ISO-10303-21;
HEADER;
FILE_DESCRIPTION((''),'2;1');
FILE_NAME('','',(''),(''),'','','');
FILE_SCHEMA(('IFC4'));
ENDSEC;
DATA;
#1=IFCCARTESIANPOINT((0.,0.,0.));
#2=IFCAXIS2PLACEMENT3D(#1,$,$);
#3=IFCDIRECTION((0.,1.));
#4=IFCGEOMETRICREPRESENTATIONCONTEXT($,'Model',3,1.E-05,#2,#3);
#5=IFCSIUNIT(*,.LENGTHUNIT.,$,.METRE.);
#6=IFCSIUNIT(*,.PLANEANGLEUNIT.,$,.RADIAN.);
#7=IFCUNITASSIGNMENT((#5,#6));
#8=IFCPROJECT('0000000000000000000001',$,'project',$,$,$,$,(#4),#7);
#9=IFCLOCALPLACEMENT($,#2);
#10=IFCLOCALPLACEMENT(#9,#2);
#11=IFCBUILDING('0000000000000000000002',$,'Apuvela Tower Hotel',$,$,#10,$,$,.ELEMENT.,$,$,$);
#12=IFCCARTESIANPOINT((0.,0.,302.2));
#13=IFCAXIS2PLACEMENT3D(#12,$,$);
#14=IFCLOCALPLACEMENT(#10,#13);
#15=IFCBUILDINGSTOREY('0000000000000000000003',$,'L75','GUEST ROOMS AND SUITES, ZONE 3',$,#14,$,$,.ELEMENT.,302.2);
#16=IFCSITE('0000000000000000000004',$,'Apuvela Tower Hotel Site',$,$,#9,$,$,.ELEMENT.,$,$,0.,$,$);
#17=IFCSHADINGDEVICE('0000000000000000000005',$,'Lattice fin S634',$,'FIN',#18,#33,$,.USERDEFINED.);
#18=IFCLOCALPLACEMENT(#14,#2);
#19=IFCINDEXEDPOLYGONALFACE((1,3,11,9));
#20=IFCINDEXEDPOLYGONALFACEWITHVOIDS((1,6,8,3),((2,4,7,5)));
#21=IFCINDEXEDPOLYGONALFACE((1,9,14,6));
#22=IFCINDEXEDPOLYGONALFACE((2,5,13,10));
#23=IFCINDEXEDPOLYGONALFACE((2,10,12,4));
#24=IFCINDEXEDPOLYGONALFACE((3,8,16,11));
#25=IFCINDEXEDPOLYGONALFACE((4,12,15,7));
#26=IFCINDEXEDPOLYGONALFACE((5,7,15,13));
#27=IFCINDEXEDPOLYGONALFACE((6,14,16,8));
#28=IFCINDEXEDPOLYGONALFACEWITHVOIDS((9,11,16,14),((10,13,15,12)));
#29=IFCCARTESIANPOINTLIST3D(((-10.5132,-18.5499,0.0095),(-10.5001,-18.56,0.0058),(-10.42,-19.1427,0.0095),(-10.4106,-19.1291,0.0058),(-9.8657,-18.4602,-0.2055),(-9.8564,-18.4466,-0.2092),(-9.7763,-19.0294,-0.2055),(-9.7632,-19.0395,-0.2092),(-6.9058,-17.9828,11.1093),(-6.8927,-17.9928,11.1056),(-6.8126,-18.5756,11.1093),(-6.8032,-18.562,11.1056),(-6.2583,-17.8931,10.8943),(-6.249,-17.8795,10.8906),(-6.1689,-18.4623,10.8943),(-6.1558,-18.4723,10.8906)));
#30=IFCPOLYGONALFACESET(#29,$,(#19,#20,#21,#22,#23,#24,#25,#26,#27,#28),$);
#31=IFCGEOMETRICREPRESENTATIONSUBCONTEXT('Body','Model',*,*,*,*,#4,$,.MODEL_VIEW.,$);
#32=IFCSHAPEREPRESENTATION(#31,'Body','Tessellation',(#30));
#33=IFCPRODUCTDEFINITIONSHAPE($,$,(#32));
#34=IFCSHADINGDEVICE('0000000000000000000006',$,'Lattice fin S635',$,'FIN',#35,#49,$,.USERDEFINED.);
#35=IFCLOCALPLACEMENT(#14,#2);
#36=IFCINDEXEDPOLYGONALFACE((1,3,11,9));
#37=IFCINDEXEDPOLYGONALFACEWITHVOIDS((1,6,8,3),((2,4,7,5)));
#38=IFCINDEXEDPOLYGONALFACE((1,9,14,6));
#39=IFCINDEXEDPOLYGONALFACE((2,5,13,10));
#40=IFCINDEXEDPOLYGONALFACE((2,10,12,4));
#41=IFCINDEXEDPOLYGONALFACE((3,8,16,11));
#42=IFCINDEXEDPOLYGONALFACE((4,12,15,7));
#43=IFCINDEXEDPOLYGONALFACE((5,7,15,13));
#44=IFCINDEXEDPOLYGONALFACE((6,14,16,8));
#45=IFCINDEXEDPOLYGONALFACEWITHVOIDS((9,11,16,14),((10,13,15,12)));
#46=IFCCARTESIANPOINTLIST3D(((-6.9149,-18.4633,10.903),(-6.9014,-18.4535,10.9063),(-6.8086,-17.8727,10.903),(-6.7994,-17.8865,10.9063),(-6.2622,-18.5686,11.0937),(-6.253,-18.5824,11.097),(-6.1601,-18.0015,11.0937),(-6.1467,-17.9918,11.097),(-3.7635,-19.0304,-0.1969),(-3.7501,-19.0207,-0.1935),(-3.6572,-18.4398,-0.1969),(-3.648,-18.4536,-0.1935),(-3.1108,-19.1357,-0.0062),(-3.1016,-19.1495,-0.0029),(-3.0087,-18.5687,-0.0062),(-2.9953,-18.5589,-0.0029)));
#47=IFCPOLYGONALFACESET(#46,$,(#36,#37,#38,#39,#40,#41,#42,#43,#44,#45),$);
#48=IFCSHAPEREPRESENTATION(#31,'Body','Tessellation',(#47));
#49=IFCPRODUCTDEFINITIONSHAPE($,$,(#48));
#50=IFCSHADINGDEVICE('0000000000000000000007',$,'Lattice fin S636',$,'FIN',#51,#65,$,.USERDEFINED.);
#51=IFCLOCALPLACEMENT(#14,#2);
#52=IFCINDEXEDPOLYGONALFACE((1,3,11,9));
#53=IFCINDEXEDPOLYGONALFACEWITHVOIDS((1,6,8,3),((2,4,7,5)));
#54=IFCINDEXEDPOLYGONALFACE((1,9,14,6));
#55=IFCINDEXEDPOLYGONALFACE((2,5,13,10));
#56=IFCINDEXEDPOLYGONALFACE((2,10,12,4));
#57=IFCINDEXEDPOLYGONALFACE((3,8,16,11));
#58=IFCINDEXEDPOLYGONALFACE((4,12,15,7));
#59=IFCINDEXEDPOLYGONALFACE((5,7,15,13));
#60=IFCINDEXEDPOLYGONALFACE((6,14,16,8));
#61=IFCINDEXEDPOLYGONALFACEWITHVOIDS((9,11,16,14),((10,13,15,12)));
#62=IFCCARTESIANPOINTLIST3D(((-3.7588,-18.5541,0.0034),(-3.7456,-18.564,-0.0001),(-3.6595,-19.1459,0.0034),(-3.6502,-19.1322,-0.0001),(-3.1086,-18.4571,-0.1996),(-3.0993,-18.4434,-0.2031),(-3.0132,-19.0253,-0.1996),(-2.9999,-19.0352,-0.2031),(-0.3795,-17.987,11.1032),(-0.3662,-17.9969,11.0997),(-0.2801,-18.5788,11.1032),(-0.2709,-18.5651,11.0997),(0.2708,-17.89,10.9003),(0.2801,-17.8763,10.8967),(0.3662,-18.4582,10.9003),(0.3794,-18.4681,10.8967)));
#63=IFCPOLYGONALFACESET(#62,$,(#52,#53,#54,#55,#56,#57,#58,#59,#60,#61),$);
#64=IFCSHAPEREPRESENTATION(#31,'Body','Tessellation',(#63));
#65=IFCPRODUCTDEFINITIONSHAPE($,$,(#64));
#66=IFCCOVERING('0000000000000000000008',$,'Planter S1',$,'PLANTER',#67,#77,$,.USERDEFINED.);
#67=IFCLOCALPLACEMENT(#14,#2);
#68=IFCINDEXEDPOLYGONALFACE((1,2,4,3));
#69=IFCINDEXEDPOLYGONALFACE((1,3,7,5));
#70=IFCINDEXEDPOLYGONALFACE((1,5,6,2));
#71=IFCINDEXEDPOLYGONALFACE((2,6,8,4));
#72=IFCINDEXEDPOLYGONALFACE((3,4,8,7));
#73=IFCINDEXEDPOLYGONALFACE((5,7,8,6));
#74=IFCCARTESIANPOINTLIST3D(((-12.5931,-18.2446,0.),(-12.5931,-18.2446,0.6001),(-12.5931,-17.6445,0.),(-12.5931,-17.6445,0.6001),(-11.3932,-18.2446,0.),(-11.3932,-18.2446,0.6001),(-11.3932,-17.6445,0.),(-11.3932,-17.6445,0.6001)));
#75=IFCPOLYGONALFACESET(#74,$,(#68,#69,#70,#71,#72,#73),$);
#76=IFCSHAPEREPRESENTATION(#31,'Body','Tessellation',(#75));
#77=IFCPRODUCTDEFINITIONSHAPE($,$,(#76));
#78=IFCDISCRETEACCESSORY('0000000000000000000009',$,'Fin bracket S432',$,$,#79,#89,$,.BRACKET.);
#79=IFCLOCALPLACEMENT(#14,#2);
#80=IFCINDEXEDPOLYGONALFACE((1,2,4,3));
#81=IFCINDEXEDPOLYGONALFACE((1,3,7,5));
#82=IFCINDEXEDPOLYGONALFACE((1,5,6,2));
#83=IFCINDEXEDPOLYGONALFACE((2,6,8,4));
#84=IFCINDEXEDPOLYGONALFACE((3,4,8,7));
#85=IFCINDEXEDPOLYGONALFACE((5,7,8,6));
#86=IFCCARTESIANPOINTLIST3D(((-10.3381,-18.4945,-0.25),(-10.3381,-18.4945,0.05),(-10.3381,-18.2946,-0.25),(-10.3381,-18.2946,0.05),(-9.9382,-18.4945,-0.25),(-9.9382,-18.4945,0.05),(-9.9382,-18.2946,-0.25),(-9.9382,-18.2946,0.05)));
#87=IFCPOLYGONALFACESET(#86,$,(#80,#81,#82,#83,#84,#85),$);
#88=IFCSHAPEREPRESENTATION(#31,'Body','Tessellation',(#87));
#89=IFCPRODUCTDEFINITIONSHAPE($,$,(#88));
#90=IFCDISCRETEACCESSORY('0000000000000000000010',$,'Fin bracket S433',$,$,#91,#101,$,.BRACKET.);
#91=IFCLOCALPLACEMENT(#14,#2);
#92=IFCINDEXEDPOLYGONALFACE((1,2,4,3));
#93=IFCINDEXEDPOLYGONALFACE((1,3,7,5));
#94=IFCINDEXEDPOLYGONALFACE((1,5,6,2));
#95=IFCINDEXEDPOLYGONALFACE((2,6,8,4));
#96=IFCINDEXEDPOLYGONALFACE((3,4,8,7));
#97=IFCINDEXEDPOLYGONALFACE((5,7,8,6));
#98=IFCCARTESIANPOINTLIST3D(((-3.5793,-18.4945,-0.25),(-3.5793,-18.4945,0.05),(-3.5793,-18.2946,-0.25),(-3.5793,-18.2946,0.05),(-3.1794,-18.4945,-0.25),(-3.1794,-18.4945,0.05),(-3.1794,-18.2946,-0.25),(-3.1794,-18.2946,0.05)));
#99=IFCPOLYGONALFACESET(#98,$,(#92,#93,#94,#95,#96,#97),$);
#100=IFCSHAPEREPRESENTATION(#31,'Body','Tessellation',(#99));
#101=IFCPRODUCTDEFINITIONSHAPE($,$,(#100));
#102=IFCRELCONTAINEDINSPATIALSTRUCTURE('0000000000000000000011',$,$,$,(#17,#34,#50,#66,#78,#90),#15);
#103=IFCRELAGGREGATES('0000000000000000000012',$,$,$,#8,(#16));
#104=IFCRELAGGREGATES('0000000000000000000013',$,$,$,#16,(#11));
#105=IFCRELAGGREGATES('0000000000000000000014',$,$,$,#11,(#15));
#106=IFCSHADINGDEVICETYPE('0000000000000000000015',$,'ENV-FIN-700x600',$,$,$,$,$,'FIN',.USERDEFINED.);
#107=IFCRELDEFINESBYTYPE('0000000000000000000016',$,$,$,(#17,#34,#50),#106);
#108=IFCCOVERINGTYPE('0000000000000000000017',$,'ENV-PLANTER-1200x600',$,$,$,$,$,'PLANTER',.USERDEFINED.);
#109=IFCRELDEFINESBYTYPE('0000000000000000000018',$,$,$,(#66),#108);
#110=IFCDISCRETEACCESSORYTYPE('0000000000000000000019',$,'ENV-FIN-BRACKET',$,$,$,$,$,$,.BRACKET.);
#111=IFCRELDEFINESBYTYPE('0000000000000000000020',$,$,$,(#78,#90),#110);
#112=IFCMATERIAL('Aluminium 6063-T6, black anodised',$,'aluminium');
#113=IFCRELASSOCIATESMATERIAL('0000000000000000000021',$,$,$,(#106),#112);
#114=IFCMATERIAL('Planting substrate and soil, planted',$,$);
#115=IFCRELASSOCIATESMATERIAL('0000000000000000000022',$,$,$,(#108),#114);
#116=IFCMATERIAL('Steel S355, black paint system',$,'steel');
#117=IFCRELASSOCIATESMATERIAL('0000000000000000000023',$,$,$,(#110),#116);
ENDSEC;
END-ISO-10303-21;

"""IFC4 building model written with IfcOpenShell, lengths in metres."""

from ifc_helpers import new_model, si_unit, direction, frame, origin, origin_2d, place, context, subcontext, project, spatial, rectangle, hollow_rectangle, extrude, material, material_profile, profile_set, type_object, element, save


model = new_model("IFC4")

# Units and contexts
model_context = context("Model", 3, precision=1e-05, world=origin(), true_north=direction((0.0, 1.0)))
body_context = subcontext(model_context, "Body", "Model", "MODEL_VIEW")
ifc_project = project(units=[si_unit("LENGTHUNIT", "METRE"), si_unit("PLANEANGLEUNIT", "RADIAN")], contexts=[model_context])

# Site, building, storey
site_placement = place(None, origin())
site = spatial("IfcSite", under=ifc_project, at=site_placement, Name="Apuvela Tower Hotel Site", CompositionType="ELEMENT", RefElevation=0.0)
building_placement = place(site_placement, origin())
building = spatial("IfcBuilding", under=site, at=building_placement, Name="Apuvela Tower Hotel", CompositionType="ELEMENT")
storey_placement = place(building_placement, frame((0.0, 0.0, 302.2)))
storey = spatial("IfcBuildingStorey", under=building, at=storey_placement, Name="L75", Description="GUEST ROOMS AND SUITES, ZONE 3", CompositionType="ELEMENT", Elevation=302.2)

# Shading devices
ifc_material_1 = material(Name="Aluminium 6063-T6, black anodised", Category="aluminium")
ifc_material_profile_1 = material_profile(ifc_material_1, hollow_rectangle(XDim=0.6001, YDim=0.7, WallThickness=0.012, at=origin_2d()), Name="AL BOX 700x600x12")
ifc_profile_set_1 = profile_set([ifc_material_profile_1], Name="Aluminium 6063-T6, black anodised")
shading_device_type = type_object("IfcShadingDeviceType", Name="ENV-FIN-700x600", ElementType="FIN", PredefinedType="USERDEFINED", material=ifc_profile_set_1)
shading_device_1_placement = place(storey_placement, frame((-10.1382, -18.7947, -0.0999), z_axis=(0.308719, 0.048535, 0.949914), x_axis=(-0.155307, 0.987866, 0.0)))
element("IfcShadingDevice", 1, at=shading_device_1_placement, inside=storey, type_object=shading_device_type, Name="Lattice fin S634", ObjectType="FIN", PredefinedType="USERDEFINED", context=body_context, shape_type="SweptSolid", body=[
    extrude(hollow_rectangle(XDim=0.6001, YDim=0.7, WallThickness=0.012, at=origin_2d()), origin(), (0.0, 0.0, 1.0), 11.6851),
])
shading_device_2_placement = place(storey_placement, frame((-3.3794, -18.7947, -0.0999), z_axis=(-0.272787, 0.049092, 0.960821), x_axis=(-0.177121, -0.984189, 0.0)))
element("IfcShadingDevice", 2, at=shading_device_2_placement, inside=storey, type_object=shading_device_type, Name="Lattice fin S635", ObjectType="FIN", PredefinedType="USERDEFINED", context=body_context, shape_type="SweptSolid", body=[
    extrude(hollow_rectangle(XDim=0.6001, YDim=0.7, WallThickness=0.012, at=origin_2d()), origin(), (0.0, 0.0, 1.0), 11.5525),
])
shading_device_3_placement = place(storey_placement, frame((-3.3794, -18.7947, -0.0999), z_axis=(0.290907, 0.048821, 0.955505), x_axis=(-0.165508, 0.986208, 0.0)))
element("IfcShadingDevice", 3, at=shading_device_3_placement, inside=storey, type_object=shading_device_type, Name="Lattice fin S636", ObjectType="FIN", PredefinedType="USERDEFINED", context=body_context, shape_type="SweptSolid", body=[
    extrude(hollow_rectangle(XDim=0.6001, YDim=0.7, WallThickness=0.012, at=origin_2d()), origin(), (0.0, 0.0, 1.0), 11.6167),
])

# Covering
ifc_material_2 = material(Name="Planting substrate and soil, planted")
covering_type = type_object("IfcCoveringType", Name="ENV-PLANTER-1200x600", ElementType="PLANTER", PredefinedType="USERDEFINED", material=ifc_material_2)
covering_placement = place(storey_placement, frame((-11.9932, -17.9446, 0.0), z_axis=(0.0, 0.0, 1.0), x_axis=(1.0, 0.0, 0.0)))
element("IfcCovering", 4, at=covering_placement, inside=storey, type_object=covering_type, Name="Planter S1", ObjectType="PLANTER", PredefinedType="USERDEFINED", context=body_context, shape_type="SweptSolid", body=[
    extrude(rectangle(XDim=1.2, YDim=0.6001, at=origin_2d()), origin(), (0.0, 0.0, 1.0), 0.6001),
])

# Discrete accessories
ifc_material_3 = material(Name="Steel S355, black paint system", Category="steel")
discrete_accessory_type = type_object("IfcDiscreteAccessoryType", Name="ENV-FIN-BRACKET", PredefinedType="BRACKET", material=ifc_material_3)
for number, where, z_axis, x_axis, name in (
    (5, (-10.1382, -18.3945, -0.25), (0.0, 0.0, 1.0), (1.0, 0.0, 0.0), "Fin bracket S432"),
    (6, (-3.3794, -18.3945, -0.25), (0.0, 0.0, 1.0), (1.0, 0.0, 0.0), "Fin bracket S433"),
):
    element("IfcDiscreteAccessory", number, at=place(storey_placement, frame(where, z_axis=z_axis, x_axis=x_axis)), inside=storey, type_object=discrete_accessory_type, Name=name, PredefinedType="BRACKET", context=body_context, shape_type="SweptSolid", body=[
        extrude(rectangle(XDim=0.3999, YDim=0.2, at=origin_2d()), origin(), (0.0, 0.0, 1.0), 0.3),
    ])

save(model, "model.ifc")
